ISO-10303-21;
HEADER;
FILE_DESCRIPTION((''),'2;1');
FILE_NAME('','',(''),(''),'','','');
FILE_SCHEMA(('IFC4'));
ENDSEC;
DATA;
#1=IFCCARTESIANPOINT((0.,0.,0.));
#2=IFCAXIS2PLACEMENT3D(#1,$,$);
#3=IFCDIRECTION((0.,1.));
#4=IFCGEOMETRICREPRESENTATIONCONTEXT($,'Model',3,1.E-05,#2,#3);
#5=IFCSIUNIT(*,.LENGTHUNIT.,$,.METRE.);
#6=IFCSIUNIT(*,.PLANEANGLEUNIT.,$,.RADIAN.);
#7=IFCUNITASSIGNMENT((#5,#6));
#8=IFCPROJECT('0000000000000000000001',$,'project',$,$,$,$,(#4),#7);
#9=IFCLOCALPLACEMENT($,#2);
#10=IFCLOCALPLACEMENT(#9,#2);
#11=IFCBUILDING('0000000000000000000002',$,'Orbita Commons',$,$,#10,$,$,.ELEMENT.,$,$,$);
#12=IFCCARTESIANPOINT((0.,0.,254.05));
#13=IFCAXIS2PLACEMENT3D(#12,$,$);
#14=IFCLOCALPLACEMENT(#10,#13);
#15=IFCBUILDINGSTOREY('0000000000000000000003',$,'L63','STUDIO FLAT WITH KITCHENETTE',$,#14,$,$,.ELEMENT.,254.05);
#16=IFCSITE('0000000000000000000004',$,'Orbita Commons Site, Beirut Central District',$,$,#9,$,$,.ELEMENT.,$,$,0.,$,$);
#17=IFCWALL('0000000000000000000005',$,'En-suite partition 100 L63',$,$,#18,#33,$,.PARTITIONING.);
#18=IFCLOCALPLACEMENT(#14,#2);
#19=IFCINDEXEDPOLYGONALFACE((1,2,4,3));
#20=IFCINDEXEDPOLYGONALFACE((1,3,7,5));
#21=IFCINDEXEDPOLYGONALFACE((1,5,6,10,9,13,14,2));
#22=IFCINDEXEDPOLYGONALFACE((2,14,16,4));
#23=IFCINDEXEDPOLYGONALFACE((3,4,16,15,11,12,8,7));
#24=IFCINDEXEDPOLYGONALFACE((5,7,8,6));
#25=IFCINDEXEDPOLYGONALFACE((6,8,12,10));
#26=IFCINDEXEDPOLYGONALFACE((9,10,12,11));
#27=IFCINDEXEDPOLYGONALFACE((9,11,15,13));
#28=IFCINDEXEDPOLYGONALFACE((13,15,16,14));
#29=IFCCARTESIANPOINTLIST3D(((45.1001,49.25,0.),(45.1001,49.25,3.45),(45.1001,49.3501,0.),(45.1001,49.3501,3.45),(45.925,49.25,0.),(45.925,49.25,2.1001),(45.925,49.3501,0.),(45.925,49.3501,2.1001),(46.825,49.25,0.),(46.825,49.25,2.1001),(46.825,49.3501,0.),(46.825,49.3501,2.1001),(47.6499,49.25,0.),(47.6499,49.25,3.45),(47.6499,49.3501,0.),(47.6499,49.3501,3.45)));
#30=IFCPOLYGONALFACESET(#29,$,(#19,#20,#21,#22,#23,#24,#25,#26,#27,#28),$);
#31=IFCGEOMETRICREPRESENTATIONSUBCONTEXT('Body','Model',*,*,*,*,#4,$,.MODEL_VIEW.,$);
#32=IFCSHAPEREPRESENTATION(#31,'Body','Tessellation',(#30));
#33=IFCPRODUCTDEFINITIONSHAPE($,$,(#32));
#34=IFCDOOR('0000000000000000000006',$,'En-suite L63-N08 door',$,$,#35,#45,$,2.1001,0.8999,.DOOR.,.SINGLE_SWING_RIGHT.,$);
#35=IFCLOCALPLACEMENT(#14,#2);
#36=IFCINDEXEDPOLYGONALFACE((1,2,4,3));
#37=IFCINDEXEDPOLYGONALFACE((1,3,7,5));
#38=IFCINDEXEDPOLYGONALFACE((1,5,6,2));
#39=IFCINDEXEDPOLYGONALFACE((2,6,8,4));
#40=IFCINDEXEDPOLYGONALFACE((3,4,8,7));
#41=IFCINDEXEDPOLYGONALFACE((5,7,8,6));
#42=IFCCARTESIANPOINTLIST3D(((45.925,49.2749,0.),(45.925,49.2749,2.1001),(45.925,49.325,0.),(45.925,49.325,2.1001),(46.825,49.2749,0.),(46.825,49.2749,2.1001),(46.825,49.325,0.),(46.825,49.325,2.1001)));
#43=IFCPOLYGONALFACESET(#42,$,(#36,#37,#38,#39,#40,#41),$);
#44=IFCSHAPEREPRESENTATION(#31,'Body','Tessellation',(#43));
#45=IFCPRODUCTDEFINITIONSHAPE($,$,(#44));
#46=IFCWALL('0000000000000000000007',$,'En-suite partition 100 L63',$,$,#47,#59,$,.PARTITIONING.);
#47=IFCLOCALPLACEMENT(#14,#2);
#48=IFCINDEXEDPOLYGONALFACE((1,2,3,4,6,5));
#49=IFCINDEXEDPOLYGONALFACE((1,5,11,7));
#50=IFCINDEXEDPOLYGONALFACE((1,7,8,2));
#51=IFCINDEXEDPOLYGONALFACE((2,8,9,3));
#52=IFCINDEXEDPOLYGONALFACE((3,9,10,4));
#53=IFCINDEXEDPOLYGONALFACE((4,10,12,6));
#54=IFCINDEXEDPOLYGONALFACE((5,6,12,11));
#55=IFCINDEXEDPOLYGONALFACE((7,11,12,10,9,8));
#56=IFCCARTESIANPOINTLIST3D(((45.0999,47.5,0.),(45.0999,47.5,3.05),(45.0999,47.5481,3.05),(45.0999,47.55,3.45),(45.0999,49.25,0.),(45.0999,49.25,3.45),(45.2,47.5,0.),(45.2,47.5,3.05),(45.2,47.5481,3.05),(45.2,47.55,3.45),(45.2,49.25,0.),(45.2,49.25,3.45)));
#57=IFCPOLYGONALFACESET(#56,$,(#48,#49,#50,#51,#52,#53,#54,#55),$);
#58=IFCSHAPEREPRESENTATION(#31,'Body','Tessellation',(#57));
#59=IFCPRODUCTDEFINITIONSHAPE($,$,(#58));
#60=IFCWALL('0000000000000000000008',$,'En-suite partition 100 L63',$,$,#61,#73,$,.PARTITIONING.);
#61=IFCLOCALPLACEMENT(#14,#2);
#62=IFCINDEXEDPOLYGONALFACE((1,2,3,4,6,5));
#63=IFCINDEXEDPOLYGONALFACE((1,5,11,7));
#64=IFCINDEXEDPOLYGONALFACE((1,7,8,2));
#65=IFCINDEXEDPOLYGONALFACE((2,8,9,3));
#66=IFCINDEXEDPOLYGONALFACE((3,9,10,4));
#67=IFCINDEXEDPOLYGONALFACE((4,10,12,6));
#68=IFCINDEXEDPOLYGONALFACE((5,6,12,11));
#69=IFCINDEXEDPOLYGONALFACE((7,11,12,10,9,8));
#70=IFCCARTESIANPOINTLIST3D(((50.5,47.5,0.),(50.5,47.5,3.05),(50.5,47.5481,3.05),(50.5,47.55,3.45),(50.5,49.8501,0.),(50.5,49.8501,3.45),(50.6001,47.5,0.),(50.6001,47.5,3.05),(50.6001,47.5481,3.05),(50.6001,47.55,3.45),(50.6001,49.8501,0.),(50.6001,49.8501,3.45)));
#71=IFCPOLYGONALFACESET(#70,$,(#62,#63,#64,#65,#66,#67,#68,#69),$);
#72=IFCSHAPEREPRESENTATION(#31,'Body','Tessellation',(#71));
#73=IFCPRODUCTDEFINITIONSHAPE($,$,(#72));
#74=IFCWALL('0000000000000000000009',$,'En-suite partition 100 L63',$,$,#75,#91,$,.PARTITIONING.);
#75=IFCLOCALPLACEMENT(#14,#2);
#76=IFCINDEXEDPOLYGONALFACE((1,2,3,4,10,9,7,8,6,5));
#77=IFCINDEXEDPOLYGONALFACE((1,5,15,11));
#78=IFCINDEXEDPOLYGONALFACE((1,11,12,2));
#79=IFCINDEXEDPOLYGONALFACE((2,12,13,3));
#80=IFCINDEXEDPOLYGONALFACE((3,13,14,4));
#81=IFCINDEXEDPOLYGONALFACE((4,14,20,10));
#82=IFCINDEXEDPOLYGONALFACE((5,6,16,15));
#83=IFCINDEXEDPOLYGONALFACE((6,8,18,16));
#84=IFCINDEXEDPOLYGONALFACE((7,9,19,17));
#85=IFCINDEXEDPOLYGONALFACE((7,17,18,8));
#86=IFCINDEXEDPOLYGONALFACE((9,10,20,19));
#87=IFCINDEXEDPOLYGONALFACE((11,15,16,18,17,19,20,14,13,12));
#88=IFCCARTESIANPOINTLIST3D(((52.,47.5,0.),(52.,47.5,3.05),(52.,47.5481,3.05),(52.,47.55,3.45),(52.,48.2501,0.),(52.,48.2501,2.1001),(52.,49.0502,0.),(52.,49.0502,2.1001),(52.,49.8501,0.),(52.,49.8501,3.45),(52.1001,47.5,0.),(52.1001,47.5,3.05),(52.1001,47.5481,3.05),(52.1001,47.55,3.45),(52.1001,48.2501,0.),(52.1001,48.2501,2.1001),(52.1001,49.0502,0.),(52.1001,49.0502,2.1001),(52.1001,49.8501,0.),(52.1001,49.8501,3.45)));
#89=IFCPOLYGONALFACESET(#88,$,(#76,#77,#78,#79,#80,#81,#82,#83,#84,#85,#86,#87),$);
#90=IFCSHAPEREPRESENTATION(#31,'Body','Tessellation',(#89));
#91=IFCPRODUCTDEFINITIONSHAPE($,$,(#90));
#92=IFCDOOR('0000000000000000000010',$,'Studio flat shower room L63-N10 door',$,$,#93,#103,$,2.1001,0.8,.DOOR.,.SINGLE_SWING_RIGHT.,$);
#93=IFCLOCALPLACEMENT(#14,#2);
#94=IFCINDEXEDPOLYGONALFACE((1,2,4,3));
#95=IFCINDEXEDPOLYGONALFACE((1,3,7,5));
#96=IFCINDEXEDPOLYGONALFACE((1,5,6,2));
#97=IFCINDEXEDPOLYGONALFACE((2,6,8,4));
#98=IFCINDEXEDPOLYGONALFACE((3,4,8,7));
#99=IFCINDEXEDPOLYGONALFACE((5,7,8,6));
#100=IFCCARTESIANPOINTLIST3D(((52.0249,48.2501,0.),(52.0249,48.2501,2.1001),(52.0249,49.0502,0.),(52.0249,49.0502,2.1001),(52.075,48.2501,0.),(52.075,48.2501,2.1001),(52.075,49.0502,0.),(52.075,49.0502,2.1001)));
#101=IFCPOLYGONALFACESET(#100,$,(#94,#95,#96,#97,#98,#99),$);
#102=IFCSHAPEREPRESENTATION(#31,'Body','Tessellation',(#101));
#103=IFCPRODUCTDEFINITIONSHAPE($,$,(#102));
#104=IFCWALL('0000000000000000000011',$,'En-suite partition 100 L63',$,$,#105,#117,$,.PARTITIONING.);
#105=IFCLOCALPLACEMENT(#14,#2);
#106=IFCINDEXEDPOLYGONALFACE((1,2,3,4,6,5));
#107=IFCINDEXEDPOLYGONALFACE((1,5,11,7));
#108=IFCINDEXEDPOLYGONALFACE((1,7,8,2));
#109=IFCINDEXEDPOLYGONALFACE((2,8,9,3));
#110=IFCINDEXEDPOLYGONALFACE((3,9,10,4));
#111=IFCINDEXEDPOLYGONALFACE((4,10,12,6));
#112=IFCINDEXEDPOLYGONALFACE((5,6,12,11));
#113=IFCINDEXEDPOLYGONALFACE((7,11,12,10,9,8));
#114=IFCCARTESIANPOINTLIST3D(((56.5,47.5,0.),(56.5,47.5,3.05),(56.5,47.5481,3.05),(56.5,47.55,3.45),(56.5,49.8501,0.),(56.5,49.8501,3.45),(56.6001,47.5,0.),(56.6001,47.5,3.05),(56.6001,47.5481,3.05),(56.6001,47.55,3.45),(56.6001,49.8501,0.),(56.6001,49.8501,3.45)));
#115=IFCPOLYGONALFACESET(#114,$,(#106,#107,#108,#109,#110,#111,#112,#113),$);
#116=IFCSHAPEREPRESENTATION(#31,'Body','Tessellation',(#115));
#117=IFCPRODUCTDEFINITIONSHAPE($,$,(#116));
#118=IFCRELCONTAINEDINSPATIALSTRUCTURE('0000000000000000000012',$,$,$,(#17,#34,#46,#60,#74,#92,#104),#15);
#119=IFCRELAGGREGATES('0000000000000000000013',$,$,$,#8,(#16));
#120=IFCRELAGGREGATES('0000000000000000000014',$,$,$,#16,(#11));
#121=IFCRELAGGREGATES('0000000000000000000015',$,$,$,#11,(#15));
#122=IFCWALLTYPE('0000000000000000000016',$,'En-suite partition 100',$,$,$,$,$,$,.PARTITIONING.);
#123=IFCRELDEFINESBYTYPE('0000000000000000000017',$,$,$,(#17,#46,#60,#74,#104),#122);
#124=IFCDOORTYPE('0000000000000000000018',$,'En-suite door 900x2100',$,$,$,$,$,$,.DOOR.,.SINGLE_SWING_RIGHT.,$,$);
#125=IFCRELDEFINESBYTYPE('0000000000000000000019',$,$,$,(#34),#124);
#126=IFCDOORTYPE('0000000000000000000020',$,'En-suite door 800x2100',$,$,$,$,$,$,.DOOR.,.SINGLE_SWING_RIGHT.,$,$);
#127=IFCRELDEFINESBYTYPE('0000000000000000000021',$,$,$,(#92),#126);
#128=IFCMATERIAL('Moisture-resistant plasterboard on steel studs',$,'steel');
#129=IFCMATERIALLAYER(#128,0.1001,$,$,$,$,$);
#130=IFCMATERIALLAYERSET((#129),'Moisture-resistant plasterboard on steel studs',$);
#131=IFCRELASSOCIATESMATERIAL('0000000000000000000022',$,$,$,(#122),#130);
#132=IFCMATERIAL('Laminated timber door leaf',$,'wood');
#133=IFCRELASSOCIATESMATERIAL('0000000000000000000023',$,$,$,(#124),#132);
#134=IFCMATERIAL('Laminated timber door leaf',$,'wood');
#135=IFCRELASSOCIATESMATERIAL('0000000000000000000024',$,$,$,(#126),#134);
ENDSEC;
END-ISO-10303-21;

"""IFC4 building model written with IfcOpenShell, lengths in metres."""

from ifc_helpers import new_model, si_unit, direction, frame, frame_2d, origin, place, context, subcontext, project, spatial, polyline, rectangle, outline, extrude, material, layer, layer_set, type_object, element, fill, save


model = new_model("IFC4")

# Units and contexts
model_context = context("Model", 3, precision=1e-05, world=origin(), true_north=direction((0.0, 1.0)))
body_context = subcontext(model_context, "Body", "Model", "MODEL_VIEW")
ifc_project = project(units=[si_unit("LENGTHUNIT", "METRE"), si_unit("PLANEANGLEUNIT", "RADIAN")], contexts=[model_context])

# Site, building, storey
site_placement = place(None, origin())
site = spatial("IfcSite", under=ifc_project, at=site_placement, Name="Orbita Commons Site, Beirut Central District", CompositionType="ELEMENT", RefElevation=0.0)
building_placement = place(site_placement, origin())
building = spatial("IfcBuilding", under=site, at=building_placement, Name="Orbita Commons", CompositionType="ELEMENT")
storey_placement = place(building_placement, frame((0.0, 0.0, 254.05)))
storey = spatial("IfcBuildingStorey", under=building, at=storey_placement, Name="L63", Description="STUDIO FLAT WITH KITCHENETTE", CompositionType="ELEMENT", Elevation=254.05)

# Wall, opening, door
ifc_material_1 = material(Name="Moisture-resistant plasterboard on steel studs", Category="steel")
ifc_layer_1 = layer(ifc_material_1, 0.1001)
ifc_layer_set_1 = layer_set([ifc_layer_1], Name="Moisture-resistant plasterboard on steel studs")
wall_type_1 = type_object("IfcWallType", Name="En-suite partition 100", PredefinedType="PARTITIONING", material=ifc_layer_set_1)
wall_1_placement = place(storey_placement, frame((45.1001, 49.3, 0.0), z_axis=(0.0, 0.0, 1.0), x_axis=(1.0, 0.0, 0.0)))
wall_1 = element("IfcWall", 1, at=wall_1_placement, inside=storey, type_object=wall_type_1, Name="En-suite partition 100 L63", PredefinedType="PARTITIONING", context=body_context, shape_type="SweptSolid", body=[
    extrude(rectangle(XDim=2.5498, YDim=0.1001, at=frame_2d((1.2749, 0.0))), origin(), (0.0, 0.0, 1.0), 3.45),
])
opening_1_placement = place(wall_1_placement, frame((0.825, 0.0, 0.0)))
opening_1 = element("IfcOpeningElement", 2, at=opening_1_placement, cuts=wall_1, PredefinedType="OPENING", context=body_context, shape_type="SweptSolid", body=[
    extrude(rectangle(XDim=0.8999, YDim=2.1001, at=frame_2d((0.45, 1.05))), frame((0.0, 0.0601, 0.0), z_axis=(0.0, -1.0, 0.0), x_axis=(1.0, 0.0, 0.0)), (0.0, 0.0, 1.0), 0.1201),
])
ifc_material_2 = material(Name="Laminated timber door leaf", Category="wood")
door_type_1 = type_object("IfcDoorType", Name="En-suite door 900x2100", OperationType="SINGLE_SWING_RIGHT", PredefinedType="DOOR", material=ifc_material_2)
door_1_placement = place(opening_1_placement, origin())
door_1 = element("IfcDoor", 3, at=door_1_placement, inside=storey, type_object=door_type_1, Name="En-suite L63-N08 door", OperationType="SINGLE_SWING_RIGHT", OverallHeight=2.1001, OverallWidth=0.8999, PredefinedType="DOOR", context=body_context, shape_type="SweptSolid", body=[
    extrude(rectangle(XDim=0.8999, YDim=2.1001, at=frame_2d((0.45, 1.05))), frame((0.0, 0.0249, 0.0), z_axis=(0.0, -1.0, 0.0), x_axis=(1.0, 0.0, 0.0)), (0.0, 0.0, 1.0), 0.05),
])
fill(opening_1, door_1)

# Walls
wall_2_placement = place(storey_placement, frame((45.1499, 49.25, 0.0), z_axis=(0.0, 0.0, 1.0), x_axis=(0.0, -1.0, 0.0)))
element("IfcWall", 4, at=wall_2_placement, inside=storey, type_object=wall_type_1, Name="En-suite partition 100 L63", PredefinedType="PARTITIONING", context=body_context, shape_type="SweptSolid", body=[
    extrude(outline(polyline([(0.0, 0.0), (1.75, 0.0), (1.75, 3.05), (1.7019, 3.05), (1.7, 3.45), (0.0, 3.45), (0.0, 0.0)])), frame((0.0, 0.05, 0.0), z_axis=(0.0, -1.0, 0.0), x_axis=(1.0, 0.0, 0.0)), (0.0, 0.0, 1.0), 0.1001),
])
wall_3_placement = place(storey_placement, frame((50.55, 49.8501, 0.0), z_axis=(0.0, 0.0, 1.0), x_axis=(0.0, -1.0, 0.0)))
element("IfcWall", 5, at=wall_3_placement, inside=storey, type_object=wall_type_1, Name="En-suite partition 100 L63", PredefinedType="PARTITIONING", context=body_context, shape_type="SweptSolid", body=[
    extrude(outline(polyline([(0.0, 0.0), (2.3501, 0.0), (2.3501, 3.05), (2.302, 3.05), (2.3, 3.45), (0.0, 3.45), (0.0, 0.0)])), frame((0.0, 0.05, 0.0), z_axis=(0.0, -1.0, 0.0), x_axis=(1.0, 0.0, 0.0)), (0.0, 0.0, 1.0), 0.1001),
])

# Wall, opening, door
wall_4_placement = place(storey_placement, frame((52.05, 49.8501, 0.0), z_axis=(0.0, 0.0, 1.0), x_axis=(0.0, -1.0, 0.0)))
wall_4 = element("IfcWall", 6, at=wall_4_placement, inside=storey, type_object=wall_type_1, Name="En-suite partition 100 L63", PredefinedType="PARTITIONING", context=body_context, shape_type="SweptSolid", body=[
    extrude(outline(polyline([(0.0, 0.0), (2.3501, 0.0), (2.3501, 3.05), (2.302, 3.05), (2.3, 3.45), (0.0, 3.45), (0.0, 0.0)])), frame((0.0, 0.05, 0.0), z_axis=(0.0, -1.0, 0.0), x_axis=(1.0, 0.0, 0.0)), (0.0, 0.0, 1.0), 0.1001),
])
opening_2_placement = place(wall_4_placement, frame((0.8, 0.0, 0.0)))
opening_2 = element("IfcOpeningElement", 7, at=opening_2_placement, cuts=wall_4, PredefinedType="OPENING", context=body_context, shape_type="SweptSolid", body=[
    extrude(rectangle(XDim=0.8, YDim=2.1001, at=frame_2d((0.3999, 1.05))), frame((0.0, 0.0601, 0.0), z_axis=(0.0, -1.0, 0.0), x_axis=(1.0, 0.0, 0.0)), (0.0, 0.0, 1.0), 0.1201),
])
ifc_material_3 = material(Name="Laminated timber door leaf", Category="wood")
door_type_2 = type_object("IfcDoorType", Name="En-suite door 800x2100", OperationType="SINGLE_SWING_RIGHT", PredefinedType="DOOR", material=ifc_material_3)
door_2_placement = place(opening_2_placement, origin())
door_2 = element("IfcDoor", 8, at=door_2_placement, inside=storey, type_object=door_type_2, Name="Studio flat shower room L63-N10 door", OperationType="SINGLE_SWING_RIGHT", OverallHeight=2.1001, OverallWidth=0.8, PredefinedType="DOOR", context=body_context, shape_type="SweptSolid", body=[
    extrude(rectangle(XDim=0.8, YDim=2.1001, at=frame_2d((0.3999, 1.05))), frame((0.0, 0.0249, 0.0), z_axis=(0.0, -1.0, 0.0), x_axis=(1.0, 0.0, 0.0)), (0.0, 0.0, 1.0), 0.05),
])
fill(opening_2, door_2)

# Wall
wall_5_placement = place(storey_placement, frame((56.55, 49.8501, 0.0), z_axis=(0.0, 0.0, 1.0), x_axis=(0.0, -1.0, 0.0)))
element("IfcWall", 9, at=wall_5_placement, inside=storey, type_object=wall_type_1, Name="En-suite partition 100 L63", PredefinedType="PARTITIONING", context=body_context, shape_type="SweptSolid", body=[
    extrude(outline(polyline([(0.0, 0.0), (2.3501, 0.0), (2.3501, 3.05), (2.302, 3.05), (2.3, 3.45), (0.0, 3.45), (0.0, 0.0)])), frame((0.0, 0.05, 0.0), z_axis=(0.0, -1.0, 0.0), x_axis=(1.0, 0.0, 0.0)), (0.0, 0.0, 1.0), 0.1001),
])

save(model, "model.ifc")
